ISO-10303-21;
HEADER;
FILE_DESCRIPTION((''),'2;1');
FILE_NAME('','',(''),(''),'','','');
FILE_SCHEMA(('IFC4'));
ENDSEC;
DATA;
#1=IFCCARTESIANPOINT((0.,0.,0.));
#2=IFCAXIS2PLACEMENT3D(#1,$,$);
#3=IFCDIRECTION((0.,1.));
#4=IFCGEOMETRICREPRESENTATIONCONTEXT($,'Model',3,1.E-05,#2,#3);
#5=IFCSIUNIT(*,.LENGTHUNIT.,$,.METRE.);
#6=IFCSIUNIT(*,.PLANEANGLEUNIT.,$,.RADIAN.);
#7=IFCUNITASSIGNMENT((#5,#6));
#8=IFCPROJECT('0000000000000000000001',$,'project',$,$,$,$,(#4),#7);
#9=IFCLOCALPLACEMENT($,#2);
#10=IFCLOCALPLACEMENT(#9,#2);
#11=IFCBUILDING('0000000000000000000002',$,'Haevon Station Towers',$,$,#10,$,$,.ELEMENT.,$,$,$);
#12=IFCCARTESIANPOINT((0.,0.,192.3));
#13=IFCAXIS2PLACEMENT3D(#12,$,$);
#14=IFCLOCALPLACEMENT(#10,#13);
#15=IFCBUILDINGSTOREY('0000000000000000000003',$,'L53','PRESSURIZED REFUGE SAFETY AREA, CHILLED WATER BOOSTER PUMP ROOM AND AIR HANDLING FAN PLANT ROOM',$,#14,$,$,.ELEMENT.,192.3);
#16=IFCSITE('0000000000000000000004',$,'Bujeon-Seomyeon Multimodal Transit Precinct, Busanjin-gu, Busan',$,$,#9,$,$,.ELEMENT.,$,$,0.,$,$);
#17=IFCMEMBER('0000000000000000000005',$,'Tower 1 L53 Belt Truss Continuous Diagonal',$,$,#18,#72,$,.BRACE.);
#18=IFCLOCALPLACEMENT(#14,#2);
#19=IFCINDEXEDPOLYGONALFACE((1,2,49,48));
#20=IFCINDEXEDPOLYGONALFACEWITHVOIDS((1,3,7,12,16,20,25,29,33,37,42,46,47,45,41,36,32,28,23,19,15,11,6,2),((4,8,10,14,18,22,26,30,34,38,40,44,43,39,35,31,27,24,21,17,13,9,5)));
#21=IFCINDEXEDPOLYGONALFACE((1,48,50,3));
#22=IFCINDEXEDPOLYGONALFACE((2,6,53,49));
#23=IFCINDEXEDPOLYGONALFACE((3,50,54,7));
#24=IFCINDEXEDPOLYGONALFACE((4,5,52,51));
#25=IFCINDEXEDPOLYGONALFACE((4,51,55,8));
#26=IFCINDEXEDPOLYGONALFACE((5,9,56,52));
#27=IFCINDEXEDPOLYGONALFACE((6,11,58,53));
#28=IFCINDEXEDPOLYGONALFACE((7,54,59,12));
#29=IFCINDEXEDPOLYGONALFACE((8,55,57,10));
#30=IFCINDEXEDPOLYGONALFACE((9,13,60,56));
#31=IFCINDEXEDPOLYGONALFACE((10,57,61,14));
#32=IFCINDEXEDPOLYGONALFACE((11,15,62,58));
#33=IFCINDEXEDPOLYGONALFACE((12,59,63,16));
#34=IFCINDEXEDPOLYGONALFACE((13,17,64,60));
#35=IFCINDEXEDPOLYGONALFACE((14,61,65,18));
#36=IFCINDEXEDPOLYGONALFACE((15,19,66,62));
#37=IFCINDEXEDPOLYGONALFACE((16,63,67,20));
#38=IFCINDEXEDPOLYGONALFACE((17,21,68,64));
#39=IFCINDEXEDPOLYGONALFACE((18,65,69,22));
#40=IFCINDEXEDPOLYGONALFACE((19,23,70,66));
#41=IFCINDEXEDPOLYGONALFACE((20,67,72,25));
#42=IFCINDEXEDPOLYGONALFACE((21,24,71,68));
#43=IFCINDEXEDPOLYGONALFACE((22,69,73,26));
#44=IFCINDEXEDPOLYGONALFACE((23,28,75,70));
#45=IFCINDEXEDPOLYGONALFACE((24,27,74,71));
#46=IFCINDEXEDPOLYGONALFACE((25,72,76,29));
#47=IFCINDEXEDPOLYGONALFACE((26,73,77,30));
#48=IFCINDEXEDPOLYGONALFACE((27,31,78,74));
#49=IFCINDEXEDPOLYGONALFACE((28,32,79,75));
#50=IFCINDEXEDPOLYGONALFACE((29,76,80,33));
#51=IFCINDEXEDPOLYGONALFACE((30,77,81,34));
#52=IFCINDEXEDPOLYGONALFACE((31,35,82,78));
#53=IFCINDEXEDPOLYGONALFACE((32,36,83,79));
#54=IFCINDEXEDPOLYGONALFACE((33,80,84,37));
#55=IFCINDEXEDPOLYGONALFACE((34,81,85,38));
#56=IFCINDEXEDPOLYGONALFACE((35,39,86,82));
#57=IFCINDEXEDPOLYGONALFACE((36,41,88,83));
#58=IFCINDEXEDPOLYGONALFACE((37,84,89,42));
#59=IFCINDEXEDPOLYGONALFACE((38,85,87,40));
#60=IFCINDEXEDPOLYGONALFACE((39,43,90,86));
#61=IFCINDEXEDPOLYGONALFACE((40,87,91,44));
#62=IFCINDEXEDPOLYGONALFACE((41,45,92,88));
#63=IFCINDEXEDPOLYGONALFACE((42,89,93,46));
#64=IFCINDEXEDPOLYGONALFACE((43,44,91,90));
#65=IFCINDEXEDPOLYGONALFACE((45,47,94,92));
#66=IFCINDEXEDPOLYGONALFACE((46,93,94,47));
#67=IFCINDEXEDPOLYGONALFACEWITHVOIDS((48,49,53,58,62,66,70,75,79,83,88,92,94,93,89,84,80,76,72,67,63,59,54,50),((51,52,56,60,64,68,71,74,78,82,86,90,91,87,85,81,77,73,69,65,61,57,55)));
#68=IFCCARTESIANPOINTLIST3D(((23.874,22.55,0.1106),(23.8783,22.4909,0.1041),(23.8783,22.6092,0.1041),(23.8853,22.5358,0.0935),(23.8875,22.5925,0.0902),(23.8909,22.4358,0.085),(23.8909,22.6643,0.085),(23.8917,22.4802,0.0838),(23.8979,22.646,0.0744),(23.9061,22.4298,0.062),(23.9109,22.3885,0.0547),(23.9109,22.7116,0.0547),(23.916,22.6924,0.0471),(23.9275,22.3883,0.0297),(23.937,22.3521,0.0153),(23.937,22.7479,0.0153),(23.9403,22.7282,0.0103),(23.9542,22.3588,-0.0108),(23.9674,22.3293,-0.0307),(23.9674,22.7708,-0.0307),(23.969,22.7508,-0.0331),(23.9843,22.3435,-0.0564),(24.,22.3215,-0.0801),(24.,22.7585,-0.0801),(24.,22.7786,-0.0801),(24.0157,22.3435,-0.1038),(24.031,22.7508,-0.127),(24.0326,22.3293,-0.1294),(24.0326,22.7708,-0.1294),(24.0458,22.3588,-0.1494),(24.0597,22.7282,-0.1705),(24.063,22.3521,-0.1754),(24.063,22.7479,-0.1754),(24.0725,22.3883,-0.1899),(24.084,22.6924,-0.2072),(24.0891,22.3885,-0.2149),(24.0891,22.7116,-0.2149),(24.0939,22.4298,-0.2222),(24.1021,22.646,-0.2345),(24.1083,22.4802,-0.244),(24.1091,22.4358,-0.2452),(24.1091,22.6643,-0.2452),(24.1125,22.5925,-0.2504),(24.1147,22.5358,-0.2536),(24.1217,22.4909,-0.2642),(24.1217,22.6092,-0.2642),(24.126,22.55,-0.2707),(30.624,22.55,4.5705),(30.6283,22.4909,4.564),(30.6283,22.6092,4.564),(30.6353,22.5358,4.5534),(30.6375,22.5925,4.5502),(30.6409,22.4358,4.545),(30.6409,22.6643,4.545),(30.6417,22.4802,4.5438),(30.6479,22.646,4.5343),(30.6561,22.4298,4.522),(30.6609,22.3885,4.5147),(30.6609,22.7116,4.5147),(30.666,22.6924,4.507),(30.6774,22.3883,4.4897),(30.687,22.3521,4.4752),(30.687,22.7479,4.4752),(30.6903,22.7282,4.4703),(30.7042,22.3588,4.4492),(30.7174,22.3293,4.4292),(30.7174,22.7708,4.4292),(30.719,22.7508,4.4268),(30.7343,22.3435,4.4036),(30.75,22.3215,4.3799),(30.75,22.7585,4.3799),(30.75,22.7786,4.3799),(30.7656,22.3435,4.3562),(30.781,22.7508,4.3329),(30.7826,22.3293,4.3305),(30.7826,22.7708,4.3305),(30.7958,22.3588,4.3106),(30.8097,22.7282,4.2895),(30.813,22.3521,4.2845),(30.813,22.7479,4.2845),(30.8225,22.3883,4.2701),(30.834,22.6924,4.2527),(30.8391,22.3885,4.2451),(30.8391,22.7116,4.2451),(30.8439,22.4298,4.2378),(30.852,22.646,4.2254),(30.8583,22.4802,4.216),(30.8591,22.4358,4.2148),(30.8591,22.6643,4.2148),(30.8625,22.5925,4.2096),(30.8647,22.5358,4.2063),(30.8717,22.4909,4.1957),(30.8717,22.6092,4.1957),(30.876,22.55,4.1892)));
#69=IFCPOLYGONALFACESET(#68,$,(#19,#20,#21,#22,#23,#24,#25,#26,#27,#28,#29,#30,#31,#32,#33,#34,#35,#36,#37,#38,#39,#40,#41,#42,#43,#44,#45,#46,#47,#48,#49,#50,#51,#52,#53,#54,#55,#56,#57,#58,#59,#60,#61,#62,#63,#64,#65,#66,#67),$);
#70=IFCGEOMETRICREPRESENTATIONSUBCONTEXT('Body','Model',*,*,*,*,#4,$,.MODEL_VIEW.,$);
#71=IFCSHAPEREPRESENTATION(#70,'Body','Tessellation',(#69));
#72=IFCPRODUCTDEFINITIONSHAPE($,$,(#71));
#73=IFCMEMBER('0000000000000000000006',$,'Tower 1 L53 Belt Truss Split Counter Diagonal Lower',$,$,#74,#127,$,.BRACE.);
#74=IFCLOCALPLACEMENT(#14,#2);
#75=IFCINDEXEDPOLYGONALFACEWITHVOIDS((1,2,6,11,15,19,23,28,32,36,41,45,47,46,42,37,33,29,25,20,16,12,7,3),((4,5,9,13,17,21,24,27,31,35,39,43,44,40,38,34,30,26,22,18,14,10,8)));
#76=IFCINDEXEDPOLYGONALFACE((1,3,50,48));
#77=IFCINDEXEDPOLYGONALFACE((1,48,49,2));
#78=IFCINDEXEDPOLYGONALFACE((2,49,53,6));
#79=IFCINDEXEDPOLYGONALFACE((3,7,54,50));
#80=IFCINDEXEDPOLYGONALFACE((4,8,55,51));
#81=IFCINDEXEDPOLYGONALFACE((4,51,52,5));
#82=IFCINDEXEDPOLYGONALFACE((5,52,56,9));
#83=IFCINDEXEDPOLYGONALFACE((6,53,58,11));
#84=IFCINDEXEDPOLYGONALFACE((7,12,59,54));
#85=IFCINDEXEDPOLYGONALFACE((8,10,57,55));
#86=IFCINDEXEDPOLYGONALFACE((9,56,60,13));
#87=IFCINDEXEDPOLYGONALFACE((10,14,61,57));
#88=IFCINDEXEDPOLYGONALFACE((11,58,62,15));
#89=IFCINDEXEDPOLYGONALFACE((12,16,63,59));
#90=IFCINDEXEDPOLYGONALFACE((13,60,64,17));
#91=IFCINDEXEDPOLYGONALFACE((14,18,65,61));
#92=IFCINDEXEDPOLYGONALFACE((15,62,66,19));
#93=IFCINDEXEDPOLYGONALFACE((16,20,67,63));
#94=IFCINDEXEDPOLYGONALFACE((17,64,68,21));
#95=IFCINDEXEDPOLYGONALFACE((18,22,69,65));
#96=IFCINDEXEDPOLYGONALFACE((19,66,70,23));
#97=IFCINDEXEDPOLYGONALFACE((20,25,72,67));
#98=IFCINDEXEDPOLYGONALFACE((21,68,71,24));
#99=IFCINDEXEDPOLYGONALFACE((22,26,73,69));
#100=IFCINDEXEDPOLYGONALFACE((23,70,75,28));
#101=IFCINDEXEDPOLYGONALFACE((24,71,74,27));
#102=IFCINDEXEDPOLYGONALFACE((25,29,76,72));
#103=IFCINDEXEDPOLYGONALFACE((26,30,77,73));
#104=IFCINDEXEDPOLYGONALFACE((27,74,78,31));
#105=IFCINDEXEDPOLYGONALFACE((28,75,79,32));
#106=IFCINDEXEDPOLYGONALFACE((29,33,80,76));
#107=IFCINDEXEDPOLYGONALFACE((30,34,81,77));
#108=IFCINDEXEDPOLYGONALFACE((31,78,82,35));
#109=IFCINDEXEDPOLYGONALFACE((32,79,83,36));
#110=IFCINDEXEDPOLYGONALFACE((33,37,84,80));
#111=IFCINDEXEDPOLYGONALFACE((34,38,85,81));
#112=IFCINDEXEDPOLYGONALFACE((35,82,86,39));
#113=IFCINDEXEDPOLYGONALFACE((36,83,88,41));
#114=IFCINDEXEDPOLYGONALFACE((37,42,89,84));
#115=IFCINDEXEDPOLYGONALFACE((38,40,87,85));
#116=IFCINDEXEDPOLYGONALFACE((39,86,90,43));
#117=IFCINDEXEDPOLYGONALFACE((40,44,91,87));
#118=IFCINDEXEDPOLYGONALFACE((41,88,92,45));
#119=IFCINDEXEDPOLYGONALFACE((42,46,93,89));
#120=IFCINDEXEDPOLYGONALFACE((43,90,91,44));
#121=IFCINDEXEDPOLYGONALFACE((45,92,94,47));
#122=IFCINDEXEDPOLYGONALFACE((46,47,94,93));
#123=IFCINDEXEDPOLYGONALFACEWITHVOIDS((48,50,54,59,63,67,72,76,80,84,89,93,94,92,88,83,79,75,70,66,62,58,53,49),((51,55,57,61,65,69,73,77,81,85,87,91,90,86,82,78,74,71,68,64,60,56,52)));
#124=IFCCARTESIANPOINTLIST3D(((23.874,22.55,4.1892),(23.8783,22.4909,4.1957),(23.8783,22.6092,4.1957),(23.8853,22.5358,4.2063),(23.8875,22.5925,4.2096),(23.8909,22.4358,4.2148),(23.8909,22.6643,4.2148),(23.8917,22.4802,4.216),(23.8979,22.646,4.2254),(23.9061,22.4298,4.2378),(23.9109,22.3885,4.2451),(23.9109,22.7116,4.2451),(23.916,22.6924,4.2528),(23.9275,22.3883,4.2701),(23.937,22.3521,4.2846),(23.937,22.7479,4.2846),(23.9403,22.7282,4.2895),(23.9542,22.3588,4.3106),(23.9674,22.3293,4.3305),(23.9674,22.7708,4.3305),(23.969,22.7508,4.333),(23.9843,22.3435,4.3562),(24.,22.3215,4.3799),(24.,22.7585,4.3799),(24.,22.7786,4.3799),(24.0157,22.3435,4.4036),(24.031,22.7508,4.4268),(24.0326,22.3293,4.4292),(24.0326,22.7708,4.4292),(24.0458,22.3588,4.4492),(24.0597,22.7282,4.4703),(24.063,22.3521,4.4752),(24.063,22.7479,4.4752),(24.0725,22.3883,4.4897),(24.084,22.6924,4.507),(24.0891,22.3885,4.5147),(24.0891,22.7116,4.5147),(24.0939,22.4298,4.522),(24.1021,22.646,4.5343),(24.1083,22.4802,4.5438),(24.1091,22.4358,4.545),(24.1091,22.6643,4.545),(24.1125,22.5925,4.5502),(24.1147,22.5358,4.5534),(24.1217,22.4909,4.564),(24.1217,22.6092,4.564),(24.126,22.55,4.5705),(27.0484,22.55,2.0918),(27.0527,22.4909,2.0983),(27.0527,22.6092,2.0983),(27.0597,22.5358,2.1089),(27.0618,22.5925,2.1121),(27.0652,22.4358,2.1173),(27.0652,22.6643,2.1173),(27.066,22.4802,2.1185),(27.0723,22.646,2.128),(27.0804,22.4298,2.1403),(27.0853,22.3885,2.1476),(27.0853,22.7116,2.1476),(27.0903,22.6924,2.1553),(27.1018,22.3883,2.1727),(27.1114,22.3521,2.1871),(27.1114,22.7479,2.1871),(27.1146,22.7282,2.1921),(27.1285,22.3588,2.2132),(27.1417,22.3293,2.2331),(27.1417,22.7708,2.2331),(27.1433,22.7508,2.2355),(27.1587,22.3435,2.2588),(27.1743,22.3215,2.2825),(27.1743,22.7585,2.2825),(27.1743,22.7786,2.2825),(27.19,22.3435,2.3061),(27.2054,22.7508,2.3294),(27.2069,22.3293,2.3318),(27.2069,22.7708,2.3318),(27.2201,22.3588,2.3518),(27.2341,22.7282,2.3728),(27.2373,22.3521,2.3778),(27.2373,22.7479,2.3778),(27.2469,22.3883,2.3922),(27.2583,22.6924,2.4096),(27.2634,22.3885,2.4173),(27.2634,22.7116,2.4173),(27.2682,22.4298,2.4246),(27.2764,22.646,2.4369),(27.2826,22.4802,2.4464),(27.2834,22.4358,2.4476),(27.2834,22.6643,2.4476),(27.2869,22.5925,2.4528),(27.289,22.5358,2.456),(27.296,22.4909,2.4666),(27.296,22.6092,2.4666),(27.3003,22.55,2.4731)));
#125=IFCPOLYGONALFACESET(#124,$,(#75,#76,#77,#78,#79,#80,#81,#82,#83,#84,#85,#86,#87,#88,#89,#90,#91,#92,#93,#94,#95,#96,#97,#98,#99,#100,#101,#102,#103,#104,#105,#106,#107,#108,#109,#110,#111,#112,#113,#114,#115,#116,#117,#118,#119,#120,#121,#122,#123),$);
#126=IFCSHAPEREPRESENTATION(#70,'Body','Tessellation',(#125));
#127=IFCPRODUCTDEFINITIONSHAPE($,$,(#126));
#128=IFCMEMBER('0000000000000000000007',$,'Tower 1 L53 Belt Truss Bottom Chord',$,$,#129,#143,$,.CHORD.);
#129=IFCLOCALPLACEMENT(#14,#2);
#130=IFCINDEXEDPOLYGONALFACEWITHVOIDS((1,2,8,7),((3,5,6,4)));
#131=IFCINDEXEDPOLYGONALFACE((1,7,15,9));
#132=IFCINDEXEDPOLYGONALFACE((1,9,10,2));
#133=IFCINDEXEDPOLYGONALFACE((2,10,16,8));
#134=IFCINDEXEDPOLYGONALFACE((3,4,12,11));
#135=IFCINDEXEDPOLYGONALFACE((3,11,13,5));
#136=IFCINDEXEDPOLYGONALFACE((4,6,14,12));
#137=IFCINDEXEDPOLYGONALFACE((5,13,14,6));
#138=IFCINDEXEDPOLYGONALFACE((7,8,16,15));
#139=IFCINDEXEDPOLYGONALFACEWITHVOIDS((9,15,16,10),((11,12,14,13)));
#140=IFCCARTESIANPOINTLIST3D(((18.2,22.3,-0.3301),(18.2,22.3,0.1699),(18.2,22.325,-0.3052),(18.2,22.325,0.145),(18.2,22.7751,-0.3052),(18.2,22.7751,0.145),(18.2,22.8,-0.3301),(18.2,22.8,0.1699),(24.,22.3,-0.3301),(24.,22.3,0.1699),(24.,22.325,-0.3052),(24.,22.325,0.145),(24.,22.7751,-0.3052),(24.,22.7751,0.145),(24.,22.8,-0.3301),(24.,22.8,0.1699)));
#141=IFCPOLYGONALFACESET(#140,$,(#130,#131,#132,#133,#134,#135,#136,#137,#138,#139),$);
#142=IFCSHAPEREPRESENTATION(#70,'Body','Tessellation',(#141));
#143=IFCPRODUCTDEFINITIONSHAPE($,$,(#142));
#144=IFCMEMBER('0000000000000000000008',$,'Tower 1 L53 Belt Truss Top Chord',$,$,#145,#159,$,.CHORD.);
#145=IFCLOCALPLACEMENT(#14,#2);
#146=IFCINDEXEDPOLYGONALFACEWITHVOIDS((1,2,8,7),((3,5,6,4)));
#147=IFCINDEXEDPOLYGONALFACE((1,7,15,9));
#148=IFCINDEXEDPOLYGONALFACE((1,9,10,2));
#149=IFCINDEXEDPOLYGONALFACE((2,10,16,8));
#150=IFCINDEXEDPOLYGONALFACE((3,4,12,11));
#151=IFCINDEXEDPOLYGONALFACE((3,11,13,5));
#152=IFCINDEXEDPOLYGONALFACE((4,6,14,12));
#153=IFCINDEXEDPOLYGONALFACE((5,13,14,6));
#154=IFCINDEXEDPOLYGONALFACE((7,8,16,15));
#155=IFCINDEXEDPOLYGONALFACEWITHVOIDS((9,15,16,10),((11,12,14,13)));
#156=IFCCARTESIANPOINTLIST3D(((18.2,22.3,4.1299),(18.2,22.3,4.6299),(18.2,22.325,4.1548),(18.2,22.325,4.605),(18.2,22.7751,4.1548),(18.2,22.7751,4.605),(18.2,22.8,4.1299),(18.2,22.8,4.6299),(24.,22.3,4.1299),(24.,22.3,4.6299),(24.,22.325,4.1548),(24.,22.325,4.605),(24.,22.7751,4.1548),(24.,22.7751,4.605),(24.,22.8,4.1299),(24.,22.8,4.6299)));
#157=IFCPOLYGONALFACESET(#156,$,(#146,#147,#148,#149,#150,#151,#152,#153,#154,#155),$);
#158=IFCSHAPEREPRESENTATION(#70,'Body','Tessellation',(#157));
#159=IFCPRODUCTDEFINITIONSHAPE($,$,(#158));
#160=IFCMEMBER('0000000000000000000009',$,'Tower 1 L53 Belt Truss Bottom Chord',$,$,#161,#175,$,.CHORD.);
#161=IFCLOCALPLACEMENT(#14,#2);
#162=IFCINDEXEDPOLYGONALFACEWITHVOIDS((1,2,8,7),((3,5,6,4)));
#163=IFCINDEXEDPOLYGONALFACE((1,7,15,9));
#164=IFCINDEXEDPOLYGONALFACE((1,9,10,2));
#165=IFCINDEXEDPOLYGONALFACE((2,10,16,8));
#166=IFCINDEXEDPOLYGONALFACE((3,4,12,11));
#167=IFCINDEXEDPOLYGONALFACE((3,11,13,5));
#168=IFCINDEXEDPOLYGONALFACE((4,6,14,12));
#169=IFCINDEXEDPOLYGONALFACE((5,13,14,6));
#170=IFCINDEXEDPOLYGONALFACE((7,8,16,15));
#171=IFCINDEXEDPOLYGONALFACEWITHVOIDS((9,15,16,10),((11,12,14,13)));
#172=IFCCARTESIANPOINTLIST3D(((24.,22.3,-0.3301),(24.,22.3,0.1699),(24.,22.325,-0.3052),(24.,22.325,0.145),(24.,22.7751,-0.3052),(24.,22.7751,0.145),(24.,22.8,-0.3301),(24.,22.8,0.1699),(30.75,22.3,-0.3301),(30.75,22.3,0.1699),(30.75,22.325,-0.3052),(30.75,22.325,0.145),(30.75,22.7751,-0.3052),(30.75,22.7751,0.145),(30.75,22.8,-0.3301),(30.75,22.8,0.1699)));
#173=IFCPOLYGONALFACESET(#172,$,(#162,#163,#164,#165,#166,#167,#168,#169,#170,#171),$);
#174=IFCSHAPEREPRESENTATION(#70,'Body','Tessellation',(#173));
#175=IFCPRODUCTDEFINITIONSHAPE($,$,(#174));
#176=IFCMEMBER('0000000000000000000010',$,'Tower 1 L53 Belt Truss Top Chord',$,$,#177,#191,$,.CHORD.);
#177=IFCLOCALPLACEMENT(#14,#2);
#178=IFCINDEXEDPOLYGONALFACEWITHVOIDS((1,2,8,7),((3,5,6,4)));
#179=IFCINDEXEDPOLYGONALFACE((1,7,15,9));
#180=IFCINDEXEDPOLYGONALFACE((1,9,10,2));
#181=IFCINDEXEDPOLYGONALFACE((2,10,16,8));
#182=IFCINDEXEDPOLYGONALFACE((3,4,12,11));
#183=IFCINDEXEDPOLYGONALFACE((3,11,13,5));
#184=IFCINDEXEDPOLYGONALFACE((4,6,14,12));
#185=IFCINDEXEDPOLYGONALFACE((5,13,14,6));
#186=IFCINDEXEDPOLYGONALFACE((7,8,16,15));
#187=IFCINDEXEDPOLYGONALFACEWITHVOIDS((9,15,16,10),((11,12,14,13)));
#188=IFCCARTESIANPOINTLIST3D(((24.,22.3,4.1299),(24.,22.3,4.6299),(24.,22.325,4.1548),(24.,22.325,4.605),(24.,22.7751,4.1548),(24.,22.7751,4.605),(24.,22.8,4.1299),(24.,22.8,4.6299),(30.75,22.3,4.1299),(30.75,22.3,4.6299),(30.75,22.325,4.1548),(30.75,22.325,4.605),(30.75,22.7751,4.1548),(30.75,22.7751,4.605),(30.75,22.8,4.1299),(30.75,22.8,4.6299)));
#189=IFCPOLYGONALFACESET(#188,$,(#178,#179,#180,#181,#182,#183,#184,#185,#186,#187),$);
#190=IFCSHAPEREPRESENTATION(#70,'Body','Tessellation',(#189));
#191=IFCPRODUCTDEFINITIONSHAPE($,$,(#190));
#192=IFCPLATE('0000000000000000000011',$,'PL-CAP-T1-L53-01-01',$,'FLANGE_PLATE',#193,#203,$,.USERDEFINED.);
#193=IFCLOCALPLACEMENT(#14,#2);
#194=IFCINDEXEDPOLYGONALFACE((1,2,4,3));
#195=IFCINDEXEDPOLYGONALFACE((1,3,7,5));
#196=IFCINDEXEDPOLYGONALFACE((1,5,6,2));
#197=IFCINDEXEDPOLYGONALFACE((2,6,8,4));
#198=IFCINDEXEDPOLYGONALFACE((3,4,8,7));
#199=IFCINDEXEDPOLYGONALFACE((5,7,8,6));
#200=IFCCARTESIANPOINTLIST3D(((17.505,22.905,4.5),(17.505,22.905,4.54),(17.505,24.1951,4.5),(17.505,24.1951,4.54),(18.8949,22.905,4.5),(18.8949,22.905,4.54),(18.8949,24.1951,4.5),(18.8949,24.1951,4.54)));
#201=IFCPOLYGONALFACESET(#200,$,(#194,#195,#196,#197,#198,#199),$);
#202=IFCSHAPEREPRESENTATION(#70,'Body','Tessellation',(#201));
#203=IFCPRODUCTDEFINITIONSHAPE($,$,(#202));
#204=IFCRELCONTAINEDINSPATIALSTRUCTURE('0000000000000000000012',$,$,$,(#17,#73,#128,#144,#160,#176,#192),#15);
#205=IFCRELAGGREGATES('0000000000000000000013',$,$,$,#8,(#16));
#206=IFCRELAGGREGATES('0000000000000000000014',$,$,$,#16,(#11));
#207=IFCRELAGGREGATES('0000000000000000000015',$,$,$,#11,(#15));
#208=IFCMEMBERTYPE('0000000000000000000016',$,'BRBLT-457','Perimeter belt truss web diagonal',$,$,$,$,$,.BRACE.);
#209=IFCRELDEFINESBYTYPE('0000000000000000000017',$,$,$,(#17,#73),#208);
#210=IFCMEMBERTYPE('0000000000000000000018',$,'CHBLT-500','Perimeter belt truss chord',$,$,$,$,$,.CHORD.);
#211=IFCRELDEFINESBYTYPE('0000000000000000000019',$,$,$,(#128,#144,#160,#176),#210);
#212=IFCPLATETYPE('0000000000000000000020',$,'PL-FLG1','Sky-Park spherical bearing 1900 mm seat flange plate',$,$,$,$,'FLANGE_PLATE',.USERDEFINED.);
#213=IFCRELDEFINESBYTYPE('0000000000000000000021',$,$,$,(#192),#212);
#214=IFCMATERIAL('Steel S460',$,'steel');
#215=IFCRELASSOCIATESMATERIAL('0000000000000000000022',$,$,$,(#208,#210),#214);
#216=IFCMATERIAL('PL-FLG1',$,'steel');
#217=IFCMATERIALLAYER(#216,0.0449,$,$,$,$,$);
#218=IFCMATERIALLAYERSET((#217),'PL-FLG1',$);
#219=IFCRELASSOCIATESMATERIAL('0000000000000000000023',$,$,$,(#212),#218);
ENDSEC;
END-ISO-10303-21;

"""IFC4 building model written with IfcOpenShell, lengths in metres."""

from ifc_helpers import new_model, si_unit, direction, frame, origin, origin_2d, place, context, subcontext, project, spatial, rectangle, hollow_rectangle, hollow_circle, extrude, material, layer, layer_set, material_profile, profile_set, type_object, element, save


model = new_model("IFC4")

# Units and contexts
model_context = context("Model", 3, precision=1e-05, world=origin(), true_north=direction((0.0, 1.0)))
body_context = subcontext(model_context, "Body", "Model", "MODEL_VIEW")
ifc_project = project(units=[si_unit("LENGTHUNIT", "METRE"), si_unit("PLANEANGLEUNIT", "RADIAN")], contexts=[model_context])

# Site, building, storey
site_placement = place(None, origin())
site = spatial("IfcSite", under=ifc_project, at=site_placement, Name="Bujeon-Seomyeon Multimodal Transit Precinct, Busanjin-gu, Busan", CompositionType="ELEMENT", RefElevation=0.0)
building_placement = place(site_placement, origin())
building = spatial("IfcBuilding", under=site, at=building_placement, Name="Haevon Station Towers", CompositionType="ELEMENT")
storey_placement = place(building_placement, frame((0.0, 0.0, 192.3)))
storey = spatial("IfcBuildingStorey", under=building, at=storey_placement, Name="L53", Description="PRESSURIZED REFUGE SAFETY AREA, CHILLED WATER BOOSTER PUMP ROOM AND AIR HANDLING FAN PLANT ROOM", CompositionType="ELEMENT", Elevation=192.3)

# Shared definitions
ifc_material_1 = material(Name="Steel S460", Category="steel")

# Members
ifc_material_profile_1 = material_profile(ifc_material_1, hollow_circle(Radius=0.2285, WallThickness=0.02, at=origin_2d()), Name="CHS-457x20")
ifc_profile_set_1 = profile_set([ifc_material_profile_1], Name="Steel S460")
member_type_1 = type_object("IfcMemberType", Name="BRBLT-457", Description="Perimeter belt truss web diagonal", PredefinedType="BRACE", material=ifc_profile_set_1)
member_1_placement = place(storey_placement, frame((24.0, 22.55, -0.0801), z_axis=(0.834327, 0.0, 0.551269), x_axis=(0.0, 1.0, 0.0)))
element("IfcMember", 1, at=member_1_placement, inside=storey, type_object=member_type_1, Name="Tower 1 L53 Belt Truss Continuous Diagonal", PredefinedType="BRACE", context=body_context, shape_type="SweptSolid", body=[
    extrude(hollow_circle(Radius=0.2285, WallThickness=0.02, at=origin_2d()), origin(), (0.0, 0.0, 1.0), 8.0903),
])
member_2_placement = place(storey_placement, frame((24.0, 22.55, 4.3799), z_axis=(0.834324, 0.0, -0.551275), x_axis=(0.0, 1.0, 0.0)))
element("IfcMember", 2, at=member_2_placement, inside=storey, type_object=member_type_1, Name="Tower 1 L53 Belt Truss Split Counter Diagonal Lower", PredefinedType="BRACE", context=body_context, shape_type="SweptSolid", body=[
    extrude(hollow_circle(Radius=0.2285, WallThickness=0.02, at=origin_2d()), origin(), (0.0, 0.0, 1.0), 3.8047),
])
ifc_material_profile_2 = material_profile(ifc_material_1, hollow_rectangle(XDim=0.5, YDim=0.5, WallThickness=0.0249, at=origin_2d()), Name="RHS-500x500x25")
ifc_profile_set_2 = profile_set([ifc_material_profile_2], Name="Steel S460")
member_type_2 = type_object("IfcMemberType", Name="CHBLT-500", Description="Perimeter belt truss chord", PredefinedType="CHORD", material=ifc_profile_set_2)
for number, where, z_axis, x_axis, name in (
    (3, (18.2, 22.55, -0.0801), (1.0, 0.0, 0.0), (0.0, 1.0, 0.0), "Tower 1 L53 Belt Truss Bottom Chord"),
    (4, (18.2, 22.55, 4.3799), (1.0, 0.0, 0.0), (0.0, 1.0, 0.0), "Tower 1 L53 Belt Truss Top Chord"),
):
    element("IfcMember", number, at=place(storey_placement, frame(where, z_axis=z_axis, x_axis=x_axis)), inside=storey, type_object=member_type_2, Name=name, PredefinedType="CHORD", context=body_context, shape_type="SweptSolid", body=[
        extrude(hollow_rectangle(XDim=0.5, YDim=0.5, WallThickness=0.0249, at=origin_2d()), origin(), (0.0, 0.0, 1.0), 5.8),
    ])
for number, where, z_axis, x_axis, name in (
    (5, (24.0, 22.55, -0.0801), (1.0, 0.0, 0.0), (0.0, 1.0, 0.0), "Tower 1 L53 Belt Truss Bottom Chord"),
    (6, (24.0, 22.55, 4.3799), (1.0, 0.0, 0.0), (0.0, 1.0, 0.0), "Tower 1 L53 Belt Truss Top Chord"),
):
    element("IfcMember", number, at=place(storey_placement, frame(where, z_axis=z_axis, x_axis=x_axis)), inside=storey, type_object=member_type_2, Name=name, PredefinedType="CHORD", context=body_context, shape_type="SweptSolid", body=[
        extrude(hollow_rectangle(XDim=0.5, YDim=0.5, WallThickness=0.0249, at=origin_2d()), origin(), (0.0, 0.0, 1.0), 6.75),
    ])

# Plate
ifc_material_2 = material(Name="PL-FLG1", Category="steel")
ifc_layer_1 = layer(ifc_material_2, 0.0449)
ifc_layer_set_1 = layer_set([ifc_layer_1], Name="PL-FLG1")
plate_type_1 = type_object("IfcPlateType", Name="PL-FLG1", Description="Sky-Park spherical bearing 1900 mm seat flange plate", ElementType="FLANGE_PLATE", PredefinedType="USERDEFINED", material=ifc_layer_set_1)
plate_1_placement = place(storey_placement, frame((18.2, 23.55, 4.5), z_axis=(0.0, 0.0, 1.0), x_axis=(1.0, 0.0, 0.0)))
element("IfcPlate", 7, at=plate_1_placement, inside=storey, type_object=plate_type_1, Name="PL-CAP-T1-L53-01-01", ObjectType="FLANGE_PLATE", PredefinedType="USERDEFINED", context=body_context, shape_type="SweptSolid", body=[
    extrude(rectangle(XDim=1.3899, YDim=1.29, at=origin_2d()), origin(), (0.0, 0.0, 1.0), 0.04),
])

save(model, "model.ifc")
